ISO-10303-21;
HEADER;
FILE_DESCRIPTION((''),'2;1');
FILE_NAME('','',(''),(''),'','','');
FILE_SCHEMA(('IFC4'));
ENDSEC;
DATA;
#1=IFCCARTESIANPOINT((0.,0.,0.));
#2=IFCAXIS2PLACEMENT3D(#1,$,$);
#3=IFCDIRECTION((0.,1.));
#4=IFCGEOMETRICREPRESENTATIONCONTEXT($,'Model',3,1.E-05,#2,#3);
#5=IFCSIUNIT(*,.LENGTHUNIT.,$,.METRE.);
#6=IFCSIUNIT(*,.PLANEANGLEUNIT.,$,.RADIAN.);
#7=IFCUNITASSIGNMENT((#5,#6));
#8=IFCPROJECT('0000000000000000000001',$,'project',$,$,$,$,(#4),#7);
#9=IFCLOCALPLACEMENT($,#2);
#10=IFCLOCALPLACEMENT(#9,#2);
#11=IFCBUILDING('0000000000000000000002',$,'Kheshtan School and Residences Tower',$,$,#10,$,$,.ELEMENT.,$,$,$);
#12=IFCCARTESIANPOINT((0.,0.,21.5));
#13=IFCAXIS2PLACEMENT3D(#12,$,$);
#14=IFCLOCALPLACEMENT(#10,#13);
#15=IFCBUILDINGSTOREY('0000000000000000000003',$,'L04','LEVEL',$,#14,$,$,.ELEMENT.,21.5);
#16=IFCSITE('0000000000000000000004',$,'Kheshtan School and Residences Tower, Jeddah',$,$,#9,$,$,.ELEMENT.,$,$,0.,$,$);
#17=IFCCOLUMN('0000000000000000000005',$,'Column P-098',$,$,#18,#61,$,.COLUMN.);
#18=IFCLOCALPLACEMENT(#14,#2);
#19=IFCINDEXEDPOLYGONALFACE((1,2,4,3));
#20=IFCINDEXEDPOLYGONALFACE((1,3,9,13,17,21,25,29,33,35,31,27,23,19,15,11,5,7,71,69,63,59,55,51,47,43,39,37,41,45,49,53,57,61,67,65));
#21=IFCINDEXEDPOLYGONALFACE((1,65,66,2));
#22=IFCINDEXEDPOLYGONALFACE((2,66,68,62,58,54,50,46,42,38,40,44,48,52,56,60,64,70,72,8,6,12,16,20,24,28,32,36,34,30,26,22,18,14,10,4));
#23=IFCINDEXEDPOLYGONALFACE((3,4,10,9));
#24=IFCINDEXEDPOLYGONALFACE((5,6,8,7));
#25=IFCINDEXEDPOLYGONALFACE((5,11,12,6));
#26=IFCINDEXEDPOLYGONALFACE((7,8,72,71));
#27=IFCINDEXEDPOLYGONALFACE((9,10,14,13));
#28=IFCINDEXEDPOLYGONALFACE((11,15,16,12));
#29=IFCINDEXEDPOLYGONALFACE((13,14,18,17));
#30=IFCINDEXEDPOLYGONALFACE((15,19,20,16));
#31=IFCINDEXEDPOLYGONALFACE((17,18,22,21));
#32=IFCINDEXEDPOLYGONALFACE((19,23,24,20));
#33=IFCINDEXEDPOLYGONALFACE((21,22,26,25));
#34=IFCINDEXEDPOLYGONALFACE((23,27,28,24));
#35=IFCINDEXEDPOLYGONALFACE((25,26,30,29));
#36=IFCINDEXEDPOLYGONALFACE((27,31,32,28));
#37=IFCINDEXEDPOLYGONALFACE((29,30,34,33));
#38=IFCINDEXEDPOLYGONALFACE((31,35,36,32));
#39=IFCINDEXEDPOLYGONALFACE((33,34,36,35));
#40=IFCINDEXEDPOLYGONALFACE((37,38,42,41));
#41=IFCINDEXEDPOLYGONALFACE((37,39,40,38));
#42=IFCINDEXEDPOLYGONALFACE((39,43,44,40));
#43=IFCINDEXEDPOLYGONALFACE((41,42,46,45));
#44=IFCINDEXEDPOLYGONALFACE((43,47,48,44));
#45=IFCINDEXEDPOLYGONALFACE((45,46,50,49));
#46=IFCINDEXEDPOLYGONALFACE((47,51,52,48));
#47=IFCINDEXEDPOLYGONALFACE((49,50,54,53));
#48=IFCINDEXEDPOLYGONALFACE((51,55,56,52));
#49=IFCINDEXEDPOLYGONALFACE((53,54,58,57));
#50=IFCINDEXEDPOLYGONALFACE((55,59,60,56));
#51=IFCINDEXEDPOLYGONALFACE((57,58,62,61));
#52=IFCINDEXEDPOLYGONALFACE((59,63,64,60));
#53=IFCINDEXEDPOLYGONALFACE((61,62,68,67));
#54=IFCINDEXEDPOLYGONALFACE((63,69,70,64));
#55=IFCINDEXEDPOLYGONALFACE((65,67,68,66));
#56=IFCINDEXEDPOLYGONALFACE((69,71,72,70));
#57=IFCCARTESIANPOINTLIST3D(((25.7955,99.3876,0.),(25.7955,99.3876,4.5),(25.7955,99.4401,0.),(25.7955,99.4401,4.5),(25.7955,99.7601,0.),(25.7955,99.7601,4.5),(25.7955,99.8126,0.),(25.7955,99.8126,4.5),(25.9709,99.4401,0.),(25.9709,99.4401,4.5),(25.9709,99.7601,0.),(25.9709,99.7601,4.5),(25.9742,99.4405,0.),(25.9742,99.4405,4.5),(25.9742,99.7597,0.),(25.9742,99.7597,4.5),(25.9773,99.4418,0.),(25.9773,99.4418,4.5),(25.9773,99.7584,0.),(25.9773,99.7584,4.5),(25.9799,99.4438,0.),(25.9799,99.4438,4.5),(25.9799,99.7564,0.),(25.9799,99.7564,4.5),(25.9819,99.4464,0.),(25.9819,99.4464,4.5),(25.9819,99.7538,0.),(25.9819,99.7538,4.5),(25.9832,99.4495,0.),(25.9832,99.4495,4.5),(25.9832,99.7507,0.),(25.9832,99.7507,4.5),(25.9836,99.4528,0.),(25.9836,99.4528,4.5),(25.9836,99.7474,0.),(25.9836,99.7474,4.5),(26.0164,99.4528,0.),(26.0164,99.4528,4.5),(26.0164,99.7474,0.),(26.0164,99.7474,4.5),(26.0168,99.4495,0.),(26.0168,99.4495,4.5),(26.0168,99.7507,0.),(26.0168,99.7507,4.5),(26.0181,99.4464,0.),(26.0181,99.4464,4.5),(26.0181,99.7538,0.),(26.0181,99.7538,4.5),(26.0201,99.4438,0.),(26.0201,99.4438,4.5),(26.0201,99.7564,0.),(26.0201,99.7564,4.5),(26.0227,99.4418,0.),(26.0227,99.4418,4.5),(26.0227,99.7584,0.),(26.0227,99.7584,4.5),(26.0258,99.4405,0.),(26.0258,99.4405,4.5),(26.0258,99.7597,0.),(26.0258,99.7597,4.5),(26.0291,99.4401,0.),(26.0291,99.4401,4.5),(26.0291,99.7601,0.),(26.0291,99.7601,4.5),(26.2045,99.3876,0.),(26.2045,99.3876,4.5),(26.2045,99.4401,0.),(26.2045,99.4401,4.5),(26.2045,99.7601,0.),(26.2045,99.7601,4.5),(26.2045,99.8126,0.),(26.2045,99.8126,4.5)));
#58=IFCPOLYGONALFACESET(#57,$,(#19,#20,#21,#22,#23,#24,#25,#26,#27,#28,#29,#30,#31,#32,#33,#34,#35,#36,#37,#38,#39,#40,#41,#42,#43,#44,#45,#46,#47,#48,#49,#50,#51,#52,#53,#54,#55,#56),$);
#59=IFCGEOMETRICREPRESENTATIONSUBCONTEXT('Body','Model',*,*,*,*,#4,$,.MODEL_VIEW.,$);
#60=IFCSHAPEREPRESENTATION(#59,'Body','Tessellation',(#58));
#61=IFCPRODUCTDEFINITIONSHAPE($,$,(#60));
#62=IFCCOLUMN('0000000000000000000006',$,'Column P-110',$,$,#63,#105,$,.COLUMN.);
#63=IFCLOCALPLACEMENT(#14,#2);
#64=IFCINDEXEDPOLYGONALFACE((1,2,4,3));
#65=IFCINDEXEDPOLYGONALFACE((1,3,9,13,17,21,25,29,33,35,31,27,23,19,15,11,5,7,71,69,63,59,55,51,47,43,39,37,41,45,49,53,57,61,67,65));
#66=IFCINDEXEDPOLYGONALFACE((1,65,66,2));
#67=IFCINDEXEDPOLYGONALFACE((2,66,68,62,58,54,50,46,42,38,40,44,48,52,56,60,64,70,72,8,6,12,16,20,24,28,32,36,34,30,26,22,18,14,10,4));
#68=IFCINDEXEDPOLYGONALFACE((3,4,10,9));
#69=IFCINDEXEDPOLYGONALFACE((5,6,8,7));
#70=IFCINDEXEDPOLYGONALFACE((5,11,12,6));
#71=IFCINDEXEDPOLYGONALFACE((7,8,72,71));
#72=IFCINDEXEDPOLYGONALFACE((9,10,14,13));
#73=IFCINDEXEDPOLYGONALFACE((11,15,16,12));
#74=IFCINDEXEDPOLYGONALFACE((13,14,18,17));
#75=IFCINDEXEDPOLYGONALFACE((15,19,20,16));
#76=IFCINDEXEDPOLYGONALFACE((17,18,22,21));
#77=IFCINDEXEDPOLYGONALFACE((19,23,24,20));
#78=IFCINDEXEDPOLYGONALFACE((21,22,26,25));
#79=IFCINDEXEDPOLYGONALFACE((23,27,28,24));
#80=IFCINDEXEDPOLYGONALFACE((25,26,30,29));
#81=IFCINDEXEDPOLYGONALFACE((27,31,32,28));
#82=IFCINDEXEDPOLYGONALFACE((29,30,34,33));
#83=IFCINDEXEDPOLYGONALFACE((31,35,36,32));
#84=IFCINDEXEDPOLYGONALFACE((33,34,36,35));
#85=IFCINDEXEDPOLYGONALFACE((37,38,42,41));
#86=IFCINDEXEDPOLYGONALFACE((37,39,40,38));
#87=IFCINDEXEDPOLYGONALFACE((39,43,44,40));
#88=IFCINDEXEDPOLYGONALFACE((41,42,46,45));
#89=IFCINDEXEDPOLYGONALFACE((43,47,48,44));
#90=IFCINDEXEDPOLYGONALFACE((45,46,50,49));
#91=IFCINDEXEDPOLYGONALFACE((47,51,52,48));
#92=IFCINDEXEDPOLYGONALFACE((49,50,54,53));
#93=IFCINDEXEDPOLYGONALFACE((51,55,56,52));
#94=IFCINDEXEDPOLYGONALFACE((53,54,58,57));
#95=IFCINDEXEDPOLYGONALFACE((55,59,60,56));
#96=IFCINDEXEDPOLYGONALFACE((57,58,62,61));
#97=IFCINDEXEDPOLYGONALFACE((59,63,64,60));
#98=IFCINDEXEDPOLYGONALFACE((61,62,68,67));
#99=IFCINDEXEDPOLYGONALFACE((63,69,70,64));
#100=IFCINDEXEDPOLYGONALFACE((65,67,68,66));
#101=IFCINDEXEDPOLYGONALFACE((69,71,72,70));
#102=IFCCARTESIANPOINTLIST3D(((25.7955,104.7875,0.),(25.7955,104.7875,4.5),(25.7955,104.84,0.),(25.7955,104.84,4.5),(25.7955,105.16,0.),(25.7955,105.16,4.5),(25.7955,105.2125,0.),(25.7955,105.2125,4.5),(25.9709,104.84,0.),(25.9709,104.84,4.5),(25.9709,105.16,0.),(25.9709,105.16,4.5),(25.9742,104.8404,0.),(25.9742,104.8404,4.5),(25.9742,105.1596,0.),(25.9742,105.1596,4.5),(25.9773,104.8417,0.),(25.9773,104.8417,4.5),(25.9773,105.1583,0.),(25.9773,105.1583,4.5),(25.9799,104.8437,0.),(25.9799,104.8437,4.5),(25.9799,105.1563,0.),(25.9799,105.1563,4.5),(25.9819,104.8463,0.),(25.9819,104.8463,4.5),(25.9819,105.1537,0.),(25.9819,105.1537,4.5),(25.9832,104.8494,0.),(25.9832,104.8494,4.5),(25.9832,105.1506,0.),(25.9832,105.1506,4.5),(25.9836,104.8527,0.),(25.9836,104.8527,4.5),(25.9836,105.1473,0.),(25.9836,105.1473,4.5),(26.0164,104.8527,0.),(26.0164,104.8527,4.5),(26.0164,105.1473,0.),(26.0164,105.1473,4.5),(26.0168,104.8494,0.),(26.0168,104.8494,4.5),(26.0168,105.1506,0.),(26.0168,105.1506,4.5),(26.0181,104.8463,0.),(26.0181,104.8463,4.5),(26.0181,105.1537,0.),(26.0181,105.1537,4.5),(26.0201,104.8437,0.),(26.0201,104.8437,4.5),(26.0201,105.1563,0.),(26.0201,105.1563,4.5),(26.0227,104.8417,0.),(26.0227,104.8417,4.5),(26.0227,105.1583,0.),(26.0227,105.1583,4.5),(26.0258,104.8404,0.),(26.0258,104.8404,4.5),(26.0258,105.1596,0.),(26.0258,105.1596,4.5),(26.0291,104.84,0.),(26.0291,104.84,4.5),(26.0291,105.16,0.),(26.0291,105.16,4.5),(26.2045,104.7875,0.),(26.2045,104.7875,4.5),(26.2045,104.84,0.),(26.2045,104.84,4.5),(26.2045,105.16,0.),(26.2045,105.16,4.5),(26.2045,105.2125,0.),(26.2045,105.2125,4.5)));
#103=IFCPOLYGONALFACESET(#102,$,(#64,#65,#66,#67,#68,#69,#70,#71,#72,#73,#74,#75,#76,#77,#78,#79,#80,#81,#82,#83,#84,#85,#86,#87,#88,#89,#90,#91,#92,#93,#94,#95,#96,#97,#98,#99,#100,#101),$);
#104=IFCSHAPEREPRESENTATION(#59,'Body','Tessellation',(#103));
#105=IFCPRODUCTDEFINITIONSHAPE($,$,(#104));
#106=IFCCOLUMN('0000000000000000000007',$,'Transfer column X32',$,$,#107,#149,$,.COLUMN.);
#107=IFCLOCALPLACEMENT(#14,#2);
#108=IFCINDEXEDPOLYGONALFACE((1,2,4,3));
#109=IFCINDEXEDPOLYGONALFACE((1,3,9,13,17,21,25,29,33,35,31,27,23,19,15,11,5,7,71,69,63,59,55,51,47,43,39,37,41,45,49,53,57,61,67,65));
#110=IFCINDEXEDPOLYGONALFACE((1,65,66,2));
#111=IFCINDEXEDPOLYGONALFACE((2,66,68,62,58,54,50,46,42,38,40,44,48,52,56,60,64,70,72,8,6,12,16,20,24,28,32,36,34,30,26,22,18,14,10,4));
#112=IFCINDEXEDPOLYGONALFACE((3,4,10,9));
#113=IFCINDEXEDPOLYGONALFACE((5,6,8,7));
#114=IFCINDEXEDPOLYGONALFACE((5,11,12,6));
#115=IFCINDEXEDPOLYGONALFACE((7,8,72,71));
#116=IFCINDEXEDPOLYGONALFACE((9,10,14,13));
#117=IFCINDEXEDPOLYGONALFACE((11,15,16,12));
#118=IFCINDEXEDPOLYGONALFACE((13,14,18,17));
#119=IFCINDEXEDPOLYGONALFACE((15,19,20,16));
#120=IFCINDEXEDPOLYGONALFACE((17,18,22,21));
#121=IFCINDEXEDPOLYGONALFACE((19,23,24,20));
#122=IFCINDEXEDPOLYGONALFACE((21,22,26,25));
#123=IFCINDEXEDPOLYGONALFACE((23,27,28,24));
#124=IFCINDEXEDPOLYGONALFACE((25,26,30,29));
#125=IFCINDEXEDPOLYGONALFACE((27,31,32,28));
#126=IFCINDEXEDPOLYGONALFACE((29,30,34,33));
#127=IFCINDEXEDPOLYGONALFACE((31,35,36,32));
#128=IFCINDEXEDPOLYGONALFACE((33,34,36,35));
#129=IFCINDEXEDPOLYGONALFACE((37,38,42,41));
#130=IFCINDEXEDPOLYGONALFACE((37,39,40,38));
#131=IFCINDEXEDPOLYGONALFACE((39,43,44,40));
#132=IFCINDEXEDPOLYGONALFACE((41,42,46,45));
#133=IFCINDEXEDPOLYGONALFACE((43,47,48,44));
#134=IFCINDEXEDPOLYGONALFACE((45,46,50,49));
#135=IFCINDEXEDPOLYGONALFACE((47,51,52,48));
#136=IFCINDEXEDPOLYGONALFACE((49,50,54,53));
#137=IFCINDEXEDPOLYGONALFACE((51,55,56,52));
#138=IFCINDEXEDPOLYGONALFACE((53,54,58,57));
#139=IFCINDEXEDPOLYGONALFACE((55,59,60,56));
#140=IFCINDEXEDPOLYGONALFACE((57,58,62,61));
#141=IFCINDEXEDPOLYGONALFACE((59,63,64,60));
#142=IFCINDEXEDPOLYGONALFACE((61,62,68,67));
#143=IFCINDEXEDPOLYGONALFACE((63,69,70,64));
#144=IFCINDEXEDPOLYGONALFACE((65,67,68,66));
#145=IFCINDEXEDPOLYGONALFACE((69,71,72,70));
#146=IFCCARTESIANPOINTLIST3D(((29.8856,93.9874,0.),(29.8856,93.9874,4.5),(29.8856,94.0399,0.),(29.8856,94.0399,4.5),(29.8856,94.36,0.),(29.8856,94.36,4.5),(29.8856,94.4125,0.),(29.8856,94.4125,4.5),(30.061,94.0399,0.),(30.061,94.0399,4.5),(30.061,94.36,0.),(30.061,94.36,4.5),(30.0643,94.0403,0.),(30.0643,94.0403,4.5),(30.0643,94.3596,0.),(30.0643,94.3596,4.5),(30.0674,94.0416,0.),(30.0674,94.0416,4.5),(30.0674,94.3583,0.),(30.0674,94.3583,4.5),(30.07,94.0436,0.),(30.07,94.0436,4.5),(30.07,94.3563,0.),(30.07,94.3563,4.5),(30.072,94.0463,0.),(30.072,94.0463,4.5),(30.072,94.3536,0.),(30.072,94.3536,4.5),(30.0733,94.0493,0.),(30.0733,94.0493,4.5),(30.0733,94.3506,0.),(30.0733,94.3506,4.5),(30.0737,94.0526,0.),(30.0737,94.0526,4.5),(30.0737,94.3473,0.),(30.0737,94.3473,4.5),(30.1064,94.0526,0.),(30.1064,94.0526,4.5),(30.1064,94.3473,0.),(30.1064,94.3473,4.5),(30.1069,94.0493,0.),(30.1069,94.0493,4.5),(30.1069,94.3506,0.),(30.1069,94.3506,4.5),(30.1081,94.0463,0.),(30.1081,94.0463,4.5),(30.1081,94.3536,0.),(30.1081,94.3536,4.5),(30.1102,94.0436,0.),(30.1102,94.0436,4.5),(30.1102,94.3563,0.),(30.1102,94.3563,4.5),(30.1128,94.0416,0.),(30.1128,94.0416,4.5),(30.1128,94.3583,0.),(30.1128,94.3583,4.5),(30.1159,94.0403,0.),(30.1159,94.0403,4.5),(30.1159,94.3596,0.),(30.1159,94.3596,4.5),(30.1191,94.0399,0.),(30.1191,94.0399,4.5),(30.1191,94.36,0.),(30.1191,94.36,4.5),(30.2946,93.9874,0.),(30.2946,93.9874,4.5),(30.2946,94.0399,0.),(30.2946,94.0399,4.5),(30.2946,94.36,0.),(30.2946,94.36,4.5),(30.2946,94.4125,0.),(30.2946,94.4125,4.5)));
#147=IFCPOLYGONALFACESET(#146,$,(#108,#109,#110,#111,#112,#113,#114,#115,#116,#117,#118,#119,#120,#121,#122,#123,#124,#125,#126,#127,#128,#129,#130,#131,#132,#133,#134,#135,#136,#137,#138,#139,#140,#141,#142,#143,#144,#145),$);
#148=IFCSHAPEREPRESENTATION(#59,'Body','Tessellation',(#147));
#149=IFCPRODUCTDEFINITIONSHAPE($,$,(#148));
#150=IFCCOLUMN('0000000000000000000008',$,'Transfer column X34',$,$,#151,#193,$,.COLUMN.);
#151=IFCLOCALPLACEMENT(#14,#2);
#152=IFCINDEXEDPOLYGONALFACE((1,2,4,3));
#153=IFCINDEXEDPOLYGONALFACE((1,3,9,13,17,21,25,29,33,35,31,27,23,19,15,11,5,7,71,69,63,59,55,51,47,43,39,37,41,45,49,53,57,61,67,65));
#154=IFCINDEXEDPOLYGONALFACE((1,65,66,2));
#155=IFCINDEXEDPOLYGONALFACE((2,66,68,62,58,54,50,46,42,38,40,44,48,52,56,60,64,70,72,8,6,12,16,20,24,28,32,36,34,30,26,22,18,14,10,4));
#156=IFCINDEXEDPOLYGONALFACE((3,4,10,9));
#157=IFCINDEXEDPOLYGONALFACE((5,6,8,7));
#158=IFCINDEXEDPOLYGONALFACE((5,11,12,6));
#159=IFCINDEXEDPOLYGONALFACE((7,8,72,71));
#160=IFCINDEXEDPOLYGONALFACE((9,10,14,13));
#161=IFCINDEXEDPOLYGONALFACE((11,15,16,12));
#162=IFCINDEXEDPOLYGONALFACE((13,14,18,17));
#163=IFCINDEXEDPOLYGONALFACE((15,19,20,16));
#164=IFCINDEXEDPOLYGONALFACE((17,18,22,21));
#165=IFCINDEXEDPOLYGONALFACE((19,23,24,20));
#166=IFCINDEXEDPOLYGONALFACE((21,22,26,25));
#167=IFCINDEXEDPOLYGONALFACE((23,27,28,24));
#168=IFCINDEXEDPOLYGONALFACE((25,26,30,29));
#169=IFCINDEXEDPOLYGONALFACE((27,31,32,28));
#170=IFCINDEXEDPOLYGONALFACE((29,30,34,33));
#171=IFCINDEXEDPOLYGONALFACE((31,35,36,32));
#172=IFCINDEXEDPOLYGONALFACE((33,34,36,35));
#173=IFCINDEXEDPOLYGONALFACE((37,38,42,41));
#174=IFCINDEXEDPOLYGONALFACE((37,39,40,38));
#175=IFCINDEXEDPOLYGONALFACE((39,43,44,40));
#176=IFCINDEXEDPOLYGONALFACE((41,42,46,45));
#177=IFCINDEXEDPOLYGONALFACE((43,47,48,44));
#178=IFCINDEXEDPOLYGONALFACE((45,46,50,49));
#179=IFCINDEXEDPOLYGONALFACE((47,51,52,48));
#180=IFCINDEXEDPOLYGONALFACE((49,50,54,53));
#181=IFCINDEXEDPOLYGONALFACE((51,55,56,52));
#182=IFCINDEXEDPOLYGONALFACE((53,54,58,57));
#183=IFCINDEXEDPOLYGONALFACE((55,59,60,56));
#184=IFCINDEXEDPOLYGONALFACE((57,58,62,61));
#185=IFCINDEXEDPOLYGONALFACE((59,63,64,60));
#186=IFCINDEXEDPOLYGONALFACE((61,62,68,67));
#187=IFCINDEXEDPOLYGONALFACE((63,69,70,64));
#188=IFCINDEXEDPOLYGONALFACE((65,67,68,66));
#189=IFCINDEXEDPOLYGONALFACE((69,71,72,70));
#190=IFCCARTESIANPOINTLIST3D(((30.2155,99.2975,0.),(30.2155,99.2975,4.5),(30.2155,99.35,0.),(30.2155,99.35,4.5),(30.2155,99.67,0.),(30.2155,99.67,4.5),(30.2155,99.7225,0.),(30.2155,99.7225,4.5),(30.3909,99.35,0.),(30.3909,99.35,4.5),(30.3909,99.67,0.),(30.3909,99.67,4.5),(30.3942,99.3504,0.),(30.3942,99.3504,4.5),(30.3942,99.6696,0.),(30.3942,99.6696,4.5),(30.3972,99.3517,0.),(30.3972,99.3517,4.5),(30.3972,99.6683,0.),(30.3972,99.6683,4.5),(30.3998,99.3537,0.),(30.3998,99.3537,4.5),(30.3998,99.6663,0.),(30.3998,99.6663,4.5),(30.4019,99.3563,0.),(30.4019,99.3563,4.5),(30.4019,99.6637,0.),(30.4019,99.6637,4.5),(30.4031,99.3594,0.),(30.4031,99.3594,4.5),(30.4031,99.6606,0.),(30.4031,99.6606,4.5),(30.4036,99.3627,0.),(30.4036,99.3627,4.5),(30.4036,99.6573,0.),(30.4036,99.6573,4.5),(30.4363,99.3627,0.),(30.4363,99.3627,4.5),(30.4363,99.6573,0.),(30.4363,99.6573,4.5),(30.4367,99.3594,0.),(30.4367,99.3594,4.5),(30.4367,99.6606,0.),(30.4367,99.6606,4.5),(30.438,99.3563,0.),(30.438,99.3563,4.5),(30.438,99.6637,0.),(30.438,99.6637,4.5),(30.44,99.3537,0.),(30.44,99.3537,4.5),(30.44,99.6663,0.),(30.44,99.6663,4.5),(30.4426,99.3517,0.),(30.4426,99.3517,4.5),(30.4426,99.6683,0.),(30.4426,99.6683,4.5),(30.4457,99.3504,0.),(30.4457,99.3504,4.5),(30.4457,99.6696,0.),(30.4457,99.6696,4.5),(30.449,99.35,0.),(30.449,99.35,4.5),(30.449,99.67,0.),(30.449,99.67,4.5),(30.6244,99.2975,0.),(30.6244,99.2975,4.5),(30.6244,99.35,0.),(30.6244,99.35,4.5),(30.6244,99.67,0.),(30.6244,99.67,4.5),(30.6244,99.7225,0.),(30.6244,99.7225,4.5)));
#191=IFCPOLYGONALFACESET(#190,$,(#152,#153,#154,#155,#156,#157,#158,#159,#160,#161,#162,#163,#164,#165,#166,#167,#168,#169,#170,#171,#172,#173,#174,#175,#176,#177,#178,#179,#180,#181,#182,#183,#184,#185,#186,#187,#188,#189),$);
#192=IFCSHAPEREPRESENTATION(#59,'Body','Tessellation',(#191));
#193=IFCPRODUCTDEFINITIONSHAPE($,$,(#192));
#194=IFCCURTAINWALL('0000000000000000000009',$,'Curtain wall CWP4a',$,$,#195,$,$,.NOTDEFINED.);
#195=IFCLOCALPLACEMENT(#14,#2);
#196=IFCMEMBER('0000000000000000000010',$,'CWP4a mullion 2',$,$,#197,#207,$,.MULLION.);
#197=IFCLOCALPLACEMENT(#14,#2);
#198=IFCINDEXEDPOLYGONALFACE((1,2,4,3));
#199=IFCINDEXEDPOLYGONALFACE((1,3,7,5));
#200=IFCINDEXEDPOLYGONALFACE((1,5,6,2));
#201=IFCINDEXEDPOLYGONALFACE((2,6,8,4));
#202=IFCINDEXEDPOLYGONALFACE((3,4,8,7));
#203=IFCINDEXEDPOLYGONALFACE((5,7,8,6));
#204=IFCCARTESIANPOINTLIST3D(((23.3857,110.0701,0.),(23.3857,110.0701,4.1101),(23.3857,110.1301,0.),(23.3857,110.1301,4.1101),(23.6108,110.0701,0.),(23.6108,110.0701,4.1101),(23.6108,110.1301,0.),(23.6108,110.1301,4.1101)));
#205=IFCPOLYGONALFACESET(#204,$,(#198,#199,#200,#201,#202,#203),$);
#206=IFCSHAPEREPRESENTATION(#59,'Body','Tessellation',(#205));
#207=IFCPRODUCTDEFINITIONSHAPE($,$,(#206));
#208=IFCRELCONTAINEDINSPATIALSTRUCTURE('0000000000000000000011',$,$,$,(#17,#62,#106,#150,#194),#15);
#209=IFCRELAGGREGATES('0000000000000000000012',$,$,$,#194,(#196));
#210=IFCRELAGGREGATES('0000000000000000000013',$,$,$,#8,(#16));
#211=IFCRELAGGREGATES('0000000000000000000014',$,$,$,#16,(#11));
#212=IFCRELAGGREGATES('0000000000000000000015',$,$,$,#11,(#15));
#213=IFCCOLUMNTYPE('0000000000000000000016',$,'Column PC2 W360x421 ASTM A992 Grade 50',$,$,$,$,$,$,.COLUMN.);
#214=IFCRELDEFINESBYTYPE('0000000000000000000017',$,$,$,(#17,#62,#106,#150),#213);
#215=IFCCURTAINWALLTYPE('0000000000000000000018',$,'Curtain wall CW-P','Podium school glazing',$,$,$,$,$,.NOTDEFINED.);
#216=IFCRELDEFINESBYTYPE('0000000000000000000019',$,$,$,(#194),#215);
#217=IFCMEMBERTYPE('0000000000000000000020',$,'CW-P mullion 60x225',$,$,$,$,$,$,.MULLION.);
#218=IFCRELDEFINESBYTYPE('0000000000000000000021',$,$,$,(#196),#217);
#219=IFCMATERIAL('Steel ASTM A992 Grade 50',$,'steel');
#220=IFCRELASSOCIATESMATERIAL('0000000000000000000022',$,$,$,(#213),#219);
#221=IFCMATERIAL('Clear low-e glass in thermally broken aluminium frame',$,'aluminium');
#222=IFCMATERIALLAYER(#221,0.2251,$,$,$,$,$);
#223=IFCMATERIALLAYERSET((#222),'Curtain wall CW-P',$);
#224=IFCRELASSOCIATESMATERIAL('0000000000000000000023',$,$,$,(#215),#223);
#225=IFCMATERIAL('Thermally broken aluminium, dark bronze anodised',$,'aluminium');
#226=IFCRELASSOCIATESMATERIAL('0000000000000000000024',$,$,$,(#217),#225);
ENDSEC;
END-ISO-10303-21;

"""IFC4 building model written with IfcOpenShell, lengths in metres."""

from ifc_helpers import new_model, si_unit, direction, frame, origin, origin_2d, place, context, subcontext, project, spatial, rectangle, i_section, extrude, material, layer, layer_set, material_profile, profile_set, type_object, element, aggregate, save


model = new_model("IFC4")

# Units and contexts
model_context = context("Model", 3, precision=1e-05, world=origin(), true_north=direction((0.0, 1.0)))
body_context = subcontext(model_context, "Body", "Model", "MODEL_VIEW")
ifc_project = project(units=[si_unit("LENGTHUNIT", "METRE"), si_unit("PLANEANGLEUNIT", "RADIAN")], contexts=[model_context])

# Site, building, storey
site_placement = place(None, origin())
site = spatial("IfcSite", under=ifc_project, at=site_placement, Name="Kheshtan School and Residences Tower, Jeddah", CompositionType="ELEMENT", RefElevation=0.0)
building_placement = place(site_placement, origin())
building = spatial("IfcBuilding", under=site, at=building_placement, Name="Kheshtan School and Residences Tower", CompositionType="ELEMENT")
storey_placement = place(building_placement, frame((0.0, 0.0, 21.5)))
storey = spatial("IfcBuildingStorey", under=building, at=storey_placement, Name="L04", Description="LEVEL", CompositionType="ELEMENT", Elevation=21.5)

# Columns
ifc_material_1 = material(Name="Steel ASTM A992 Grade 50", Category="steel")
ifc_material_profile_1 = material_profile(ifc_material_1, i_section(OverallWidth=0.4089, OverallDepth=0.425, WebThickness=0.0327, FlangeThickness=0.0525, FilletRadius=0.0127, at=origin_2d()), Name="W360x421")
ifc_profile_set_1 = profile_set([ifc_material_profile_1], Name="Steel ASTM A992 Grade 50")
column_type = type_object("IfcColumnType", Name="Column PC2 W360x421 ASTM A992 Grade 50", PredefinedType="COLUMN", material=ifc_profile_set_1)
for number, where, z_axis, x_axis, name in (
    (1, (26.0, 99.6001, 0.0), (0.0, 0.0, 1.0), (1.0, 0.0, 0.0), "Column P-098"),
    (2, (26.0, 105.0, 0.0), (0.0, 0.0, 1.0), (1.0, 0.0, 0.0), "Column P-110"),
    (3, (30.0901, 94.2, 0.0), (0.0, 0.0, 1.0), (1.0, 0.0, 0.0), "Transfer column X32"),
    (4, (30.4199, 99.51, 0.0), (0.0, 0.0, 1.0), (1.0, 0.0, 0.0), "Transfer column X34"),
):
    element("IfcColumn", number, at=place(storey_placement, frame(where, z_axis=z_axis, x_axis=x_axis)), inside=storey, type_object=column_type, Name=name, PredefinedType="COLUMN", context=body_context, shape_type="SweptSolid", body=[
        extrude(i_section(OverallWidth=0.4089, OverallDepth=0.425, WebThickness=0.0327, FlangeThickness=0.0525, FilletRadius=0.0127, at=origin_2d()), origin(), (0.0, 0.0, 1.0), 4.5),
    ])

# Curtain wall, member
ifc_material_2 = material(Name="Clear low-e glass in thermally broken aluminium frame", Category="aluminium")
ifc_layer_1 = layer(ifc_material_2, 0.2251)
ifc_layer_set_1 = layer_set([ifc_layer_1], Name="Curtain wall CW-P")
curtain_wall_type = type_object("IfcCurtainWallType", Name="Curtain wall CW-P", Description="Podium school glazing", PredefinedType="NOTDEFINED", material=ifc_layer_set_1)
curtain_wall_placement = place(storey_placement, origin())
curtain_wall = element("IfcCurtainWall", 5, at=curtain_wall_placement, inside=storey, type_object=curtain_wall_type, Name="Curtain wall CWP4a", PredefinedType="NOTDEFINED")
ifc_material_3 = material(Name="Thermally broken aluminium, dark bronze anodised", Category="aluminium")
ifc_material_profile_2 = material_profile(ifc_material_3, rectangle(XDim=0.0601, YDim=0.2251, at=origin_2d()), Name="CW-P mullion 60x225")
ifc_profile_set_2 = profile_set([ifc_material_profile_2], Name="Thermally broken aluminium, dark bronze anodised")
member_type_1 = type_object("IfcMemberType", Name="CW-P mullion 60x225", PredefinedType="MULLION", material=ifc_profile_set_2)
member_1_placement = place(storey_placement, frame((23.4983, 110.1001, 0.0), z_axis=(0.0, 0.0, 1.0), x_axis=(0.0, 1.0, 0.0)))
member_1 = element("IfcMember", 6, at=member_1_placement, type_object=member_type_1, Name="CWP4a mullion 2", PredefinedType="MULLION", context=body_context, shape_type="SweptSolid", body=[
    extrude(rectangle(XDim=0.0601, YDim=0.2251, at=origin_2d()), origin(), (0.0, 0.0, 1.0), 4.1101),
])
aggregate(curtain_wall, [member_1])

save(model, "model.ifc")
